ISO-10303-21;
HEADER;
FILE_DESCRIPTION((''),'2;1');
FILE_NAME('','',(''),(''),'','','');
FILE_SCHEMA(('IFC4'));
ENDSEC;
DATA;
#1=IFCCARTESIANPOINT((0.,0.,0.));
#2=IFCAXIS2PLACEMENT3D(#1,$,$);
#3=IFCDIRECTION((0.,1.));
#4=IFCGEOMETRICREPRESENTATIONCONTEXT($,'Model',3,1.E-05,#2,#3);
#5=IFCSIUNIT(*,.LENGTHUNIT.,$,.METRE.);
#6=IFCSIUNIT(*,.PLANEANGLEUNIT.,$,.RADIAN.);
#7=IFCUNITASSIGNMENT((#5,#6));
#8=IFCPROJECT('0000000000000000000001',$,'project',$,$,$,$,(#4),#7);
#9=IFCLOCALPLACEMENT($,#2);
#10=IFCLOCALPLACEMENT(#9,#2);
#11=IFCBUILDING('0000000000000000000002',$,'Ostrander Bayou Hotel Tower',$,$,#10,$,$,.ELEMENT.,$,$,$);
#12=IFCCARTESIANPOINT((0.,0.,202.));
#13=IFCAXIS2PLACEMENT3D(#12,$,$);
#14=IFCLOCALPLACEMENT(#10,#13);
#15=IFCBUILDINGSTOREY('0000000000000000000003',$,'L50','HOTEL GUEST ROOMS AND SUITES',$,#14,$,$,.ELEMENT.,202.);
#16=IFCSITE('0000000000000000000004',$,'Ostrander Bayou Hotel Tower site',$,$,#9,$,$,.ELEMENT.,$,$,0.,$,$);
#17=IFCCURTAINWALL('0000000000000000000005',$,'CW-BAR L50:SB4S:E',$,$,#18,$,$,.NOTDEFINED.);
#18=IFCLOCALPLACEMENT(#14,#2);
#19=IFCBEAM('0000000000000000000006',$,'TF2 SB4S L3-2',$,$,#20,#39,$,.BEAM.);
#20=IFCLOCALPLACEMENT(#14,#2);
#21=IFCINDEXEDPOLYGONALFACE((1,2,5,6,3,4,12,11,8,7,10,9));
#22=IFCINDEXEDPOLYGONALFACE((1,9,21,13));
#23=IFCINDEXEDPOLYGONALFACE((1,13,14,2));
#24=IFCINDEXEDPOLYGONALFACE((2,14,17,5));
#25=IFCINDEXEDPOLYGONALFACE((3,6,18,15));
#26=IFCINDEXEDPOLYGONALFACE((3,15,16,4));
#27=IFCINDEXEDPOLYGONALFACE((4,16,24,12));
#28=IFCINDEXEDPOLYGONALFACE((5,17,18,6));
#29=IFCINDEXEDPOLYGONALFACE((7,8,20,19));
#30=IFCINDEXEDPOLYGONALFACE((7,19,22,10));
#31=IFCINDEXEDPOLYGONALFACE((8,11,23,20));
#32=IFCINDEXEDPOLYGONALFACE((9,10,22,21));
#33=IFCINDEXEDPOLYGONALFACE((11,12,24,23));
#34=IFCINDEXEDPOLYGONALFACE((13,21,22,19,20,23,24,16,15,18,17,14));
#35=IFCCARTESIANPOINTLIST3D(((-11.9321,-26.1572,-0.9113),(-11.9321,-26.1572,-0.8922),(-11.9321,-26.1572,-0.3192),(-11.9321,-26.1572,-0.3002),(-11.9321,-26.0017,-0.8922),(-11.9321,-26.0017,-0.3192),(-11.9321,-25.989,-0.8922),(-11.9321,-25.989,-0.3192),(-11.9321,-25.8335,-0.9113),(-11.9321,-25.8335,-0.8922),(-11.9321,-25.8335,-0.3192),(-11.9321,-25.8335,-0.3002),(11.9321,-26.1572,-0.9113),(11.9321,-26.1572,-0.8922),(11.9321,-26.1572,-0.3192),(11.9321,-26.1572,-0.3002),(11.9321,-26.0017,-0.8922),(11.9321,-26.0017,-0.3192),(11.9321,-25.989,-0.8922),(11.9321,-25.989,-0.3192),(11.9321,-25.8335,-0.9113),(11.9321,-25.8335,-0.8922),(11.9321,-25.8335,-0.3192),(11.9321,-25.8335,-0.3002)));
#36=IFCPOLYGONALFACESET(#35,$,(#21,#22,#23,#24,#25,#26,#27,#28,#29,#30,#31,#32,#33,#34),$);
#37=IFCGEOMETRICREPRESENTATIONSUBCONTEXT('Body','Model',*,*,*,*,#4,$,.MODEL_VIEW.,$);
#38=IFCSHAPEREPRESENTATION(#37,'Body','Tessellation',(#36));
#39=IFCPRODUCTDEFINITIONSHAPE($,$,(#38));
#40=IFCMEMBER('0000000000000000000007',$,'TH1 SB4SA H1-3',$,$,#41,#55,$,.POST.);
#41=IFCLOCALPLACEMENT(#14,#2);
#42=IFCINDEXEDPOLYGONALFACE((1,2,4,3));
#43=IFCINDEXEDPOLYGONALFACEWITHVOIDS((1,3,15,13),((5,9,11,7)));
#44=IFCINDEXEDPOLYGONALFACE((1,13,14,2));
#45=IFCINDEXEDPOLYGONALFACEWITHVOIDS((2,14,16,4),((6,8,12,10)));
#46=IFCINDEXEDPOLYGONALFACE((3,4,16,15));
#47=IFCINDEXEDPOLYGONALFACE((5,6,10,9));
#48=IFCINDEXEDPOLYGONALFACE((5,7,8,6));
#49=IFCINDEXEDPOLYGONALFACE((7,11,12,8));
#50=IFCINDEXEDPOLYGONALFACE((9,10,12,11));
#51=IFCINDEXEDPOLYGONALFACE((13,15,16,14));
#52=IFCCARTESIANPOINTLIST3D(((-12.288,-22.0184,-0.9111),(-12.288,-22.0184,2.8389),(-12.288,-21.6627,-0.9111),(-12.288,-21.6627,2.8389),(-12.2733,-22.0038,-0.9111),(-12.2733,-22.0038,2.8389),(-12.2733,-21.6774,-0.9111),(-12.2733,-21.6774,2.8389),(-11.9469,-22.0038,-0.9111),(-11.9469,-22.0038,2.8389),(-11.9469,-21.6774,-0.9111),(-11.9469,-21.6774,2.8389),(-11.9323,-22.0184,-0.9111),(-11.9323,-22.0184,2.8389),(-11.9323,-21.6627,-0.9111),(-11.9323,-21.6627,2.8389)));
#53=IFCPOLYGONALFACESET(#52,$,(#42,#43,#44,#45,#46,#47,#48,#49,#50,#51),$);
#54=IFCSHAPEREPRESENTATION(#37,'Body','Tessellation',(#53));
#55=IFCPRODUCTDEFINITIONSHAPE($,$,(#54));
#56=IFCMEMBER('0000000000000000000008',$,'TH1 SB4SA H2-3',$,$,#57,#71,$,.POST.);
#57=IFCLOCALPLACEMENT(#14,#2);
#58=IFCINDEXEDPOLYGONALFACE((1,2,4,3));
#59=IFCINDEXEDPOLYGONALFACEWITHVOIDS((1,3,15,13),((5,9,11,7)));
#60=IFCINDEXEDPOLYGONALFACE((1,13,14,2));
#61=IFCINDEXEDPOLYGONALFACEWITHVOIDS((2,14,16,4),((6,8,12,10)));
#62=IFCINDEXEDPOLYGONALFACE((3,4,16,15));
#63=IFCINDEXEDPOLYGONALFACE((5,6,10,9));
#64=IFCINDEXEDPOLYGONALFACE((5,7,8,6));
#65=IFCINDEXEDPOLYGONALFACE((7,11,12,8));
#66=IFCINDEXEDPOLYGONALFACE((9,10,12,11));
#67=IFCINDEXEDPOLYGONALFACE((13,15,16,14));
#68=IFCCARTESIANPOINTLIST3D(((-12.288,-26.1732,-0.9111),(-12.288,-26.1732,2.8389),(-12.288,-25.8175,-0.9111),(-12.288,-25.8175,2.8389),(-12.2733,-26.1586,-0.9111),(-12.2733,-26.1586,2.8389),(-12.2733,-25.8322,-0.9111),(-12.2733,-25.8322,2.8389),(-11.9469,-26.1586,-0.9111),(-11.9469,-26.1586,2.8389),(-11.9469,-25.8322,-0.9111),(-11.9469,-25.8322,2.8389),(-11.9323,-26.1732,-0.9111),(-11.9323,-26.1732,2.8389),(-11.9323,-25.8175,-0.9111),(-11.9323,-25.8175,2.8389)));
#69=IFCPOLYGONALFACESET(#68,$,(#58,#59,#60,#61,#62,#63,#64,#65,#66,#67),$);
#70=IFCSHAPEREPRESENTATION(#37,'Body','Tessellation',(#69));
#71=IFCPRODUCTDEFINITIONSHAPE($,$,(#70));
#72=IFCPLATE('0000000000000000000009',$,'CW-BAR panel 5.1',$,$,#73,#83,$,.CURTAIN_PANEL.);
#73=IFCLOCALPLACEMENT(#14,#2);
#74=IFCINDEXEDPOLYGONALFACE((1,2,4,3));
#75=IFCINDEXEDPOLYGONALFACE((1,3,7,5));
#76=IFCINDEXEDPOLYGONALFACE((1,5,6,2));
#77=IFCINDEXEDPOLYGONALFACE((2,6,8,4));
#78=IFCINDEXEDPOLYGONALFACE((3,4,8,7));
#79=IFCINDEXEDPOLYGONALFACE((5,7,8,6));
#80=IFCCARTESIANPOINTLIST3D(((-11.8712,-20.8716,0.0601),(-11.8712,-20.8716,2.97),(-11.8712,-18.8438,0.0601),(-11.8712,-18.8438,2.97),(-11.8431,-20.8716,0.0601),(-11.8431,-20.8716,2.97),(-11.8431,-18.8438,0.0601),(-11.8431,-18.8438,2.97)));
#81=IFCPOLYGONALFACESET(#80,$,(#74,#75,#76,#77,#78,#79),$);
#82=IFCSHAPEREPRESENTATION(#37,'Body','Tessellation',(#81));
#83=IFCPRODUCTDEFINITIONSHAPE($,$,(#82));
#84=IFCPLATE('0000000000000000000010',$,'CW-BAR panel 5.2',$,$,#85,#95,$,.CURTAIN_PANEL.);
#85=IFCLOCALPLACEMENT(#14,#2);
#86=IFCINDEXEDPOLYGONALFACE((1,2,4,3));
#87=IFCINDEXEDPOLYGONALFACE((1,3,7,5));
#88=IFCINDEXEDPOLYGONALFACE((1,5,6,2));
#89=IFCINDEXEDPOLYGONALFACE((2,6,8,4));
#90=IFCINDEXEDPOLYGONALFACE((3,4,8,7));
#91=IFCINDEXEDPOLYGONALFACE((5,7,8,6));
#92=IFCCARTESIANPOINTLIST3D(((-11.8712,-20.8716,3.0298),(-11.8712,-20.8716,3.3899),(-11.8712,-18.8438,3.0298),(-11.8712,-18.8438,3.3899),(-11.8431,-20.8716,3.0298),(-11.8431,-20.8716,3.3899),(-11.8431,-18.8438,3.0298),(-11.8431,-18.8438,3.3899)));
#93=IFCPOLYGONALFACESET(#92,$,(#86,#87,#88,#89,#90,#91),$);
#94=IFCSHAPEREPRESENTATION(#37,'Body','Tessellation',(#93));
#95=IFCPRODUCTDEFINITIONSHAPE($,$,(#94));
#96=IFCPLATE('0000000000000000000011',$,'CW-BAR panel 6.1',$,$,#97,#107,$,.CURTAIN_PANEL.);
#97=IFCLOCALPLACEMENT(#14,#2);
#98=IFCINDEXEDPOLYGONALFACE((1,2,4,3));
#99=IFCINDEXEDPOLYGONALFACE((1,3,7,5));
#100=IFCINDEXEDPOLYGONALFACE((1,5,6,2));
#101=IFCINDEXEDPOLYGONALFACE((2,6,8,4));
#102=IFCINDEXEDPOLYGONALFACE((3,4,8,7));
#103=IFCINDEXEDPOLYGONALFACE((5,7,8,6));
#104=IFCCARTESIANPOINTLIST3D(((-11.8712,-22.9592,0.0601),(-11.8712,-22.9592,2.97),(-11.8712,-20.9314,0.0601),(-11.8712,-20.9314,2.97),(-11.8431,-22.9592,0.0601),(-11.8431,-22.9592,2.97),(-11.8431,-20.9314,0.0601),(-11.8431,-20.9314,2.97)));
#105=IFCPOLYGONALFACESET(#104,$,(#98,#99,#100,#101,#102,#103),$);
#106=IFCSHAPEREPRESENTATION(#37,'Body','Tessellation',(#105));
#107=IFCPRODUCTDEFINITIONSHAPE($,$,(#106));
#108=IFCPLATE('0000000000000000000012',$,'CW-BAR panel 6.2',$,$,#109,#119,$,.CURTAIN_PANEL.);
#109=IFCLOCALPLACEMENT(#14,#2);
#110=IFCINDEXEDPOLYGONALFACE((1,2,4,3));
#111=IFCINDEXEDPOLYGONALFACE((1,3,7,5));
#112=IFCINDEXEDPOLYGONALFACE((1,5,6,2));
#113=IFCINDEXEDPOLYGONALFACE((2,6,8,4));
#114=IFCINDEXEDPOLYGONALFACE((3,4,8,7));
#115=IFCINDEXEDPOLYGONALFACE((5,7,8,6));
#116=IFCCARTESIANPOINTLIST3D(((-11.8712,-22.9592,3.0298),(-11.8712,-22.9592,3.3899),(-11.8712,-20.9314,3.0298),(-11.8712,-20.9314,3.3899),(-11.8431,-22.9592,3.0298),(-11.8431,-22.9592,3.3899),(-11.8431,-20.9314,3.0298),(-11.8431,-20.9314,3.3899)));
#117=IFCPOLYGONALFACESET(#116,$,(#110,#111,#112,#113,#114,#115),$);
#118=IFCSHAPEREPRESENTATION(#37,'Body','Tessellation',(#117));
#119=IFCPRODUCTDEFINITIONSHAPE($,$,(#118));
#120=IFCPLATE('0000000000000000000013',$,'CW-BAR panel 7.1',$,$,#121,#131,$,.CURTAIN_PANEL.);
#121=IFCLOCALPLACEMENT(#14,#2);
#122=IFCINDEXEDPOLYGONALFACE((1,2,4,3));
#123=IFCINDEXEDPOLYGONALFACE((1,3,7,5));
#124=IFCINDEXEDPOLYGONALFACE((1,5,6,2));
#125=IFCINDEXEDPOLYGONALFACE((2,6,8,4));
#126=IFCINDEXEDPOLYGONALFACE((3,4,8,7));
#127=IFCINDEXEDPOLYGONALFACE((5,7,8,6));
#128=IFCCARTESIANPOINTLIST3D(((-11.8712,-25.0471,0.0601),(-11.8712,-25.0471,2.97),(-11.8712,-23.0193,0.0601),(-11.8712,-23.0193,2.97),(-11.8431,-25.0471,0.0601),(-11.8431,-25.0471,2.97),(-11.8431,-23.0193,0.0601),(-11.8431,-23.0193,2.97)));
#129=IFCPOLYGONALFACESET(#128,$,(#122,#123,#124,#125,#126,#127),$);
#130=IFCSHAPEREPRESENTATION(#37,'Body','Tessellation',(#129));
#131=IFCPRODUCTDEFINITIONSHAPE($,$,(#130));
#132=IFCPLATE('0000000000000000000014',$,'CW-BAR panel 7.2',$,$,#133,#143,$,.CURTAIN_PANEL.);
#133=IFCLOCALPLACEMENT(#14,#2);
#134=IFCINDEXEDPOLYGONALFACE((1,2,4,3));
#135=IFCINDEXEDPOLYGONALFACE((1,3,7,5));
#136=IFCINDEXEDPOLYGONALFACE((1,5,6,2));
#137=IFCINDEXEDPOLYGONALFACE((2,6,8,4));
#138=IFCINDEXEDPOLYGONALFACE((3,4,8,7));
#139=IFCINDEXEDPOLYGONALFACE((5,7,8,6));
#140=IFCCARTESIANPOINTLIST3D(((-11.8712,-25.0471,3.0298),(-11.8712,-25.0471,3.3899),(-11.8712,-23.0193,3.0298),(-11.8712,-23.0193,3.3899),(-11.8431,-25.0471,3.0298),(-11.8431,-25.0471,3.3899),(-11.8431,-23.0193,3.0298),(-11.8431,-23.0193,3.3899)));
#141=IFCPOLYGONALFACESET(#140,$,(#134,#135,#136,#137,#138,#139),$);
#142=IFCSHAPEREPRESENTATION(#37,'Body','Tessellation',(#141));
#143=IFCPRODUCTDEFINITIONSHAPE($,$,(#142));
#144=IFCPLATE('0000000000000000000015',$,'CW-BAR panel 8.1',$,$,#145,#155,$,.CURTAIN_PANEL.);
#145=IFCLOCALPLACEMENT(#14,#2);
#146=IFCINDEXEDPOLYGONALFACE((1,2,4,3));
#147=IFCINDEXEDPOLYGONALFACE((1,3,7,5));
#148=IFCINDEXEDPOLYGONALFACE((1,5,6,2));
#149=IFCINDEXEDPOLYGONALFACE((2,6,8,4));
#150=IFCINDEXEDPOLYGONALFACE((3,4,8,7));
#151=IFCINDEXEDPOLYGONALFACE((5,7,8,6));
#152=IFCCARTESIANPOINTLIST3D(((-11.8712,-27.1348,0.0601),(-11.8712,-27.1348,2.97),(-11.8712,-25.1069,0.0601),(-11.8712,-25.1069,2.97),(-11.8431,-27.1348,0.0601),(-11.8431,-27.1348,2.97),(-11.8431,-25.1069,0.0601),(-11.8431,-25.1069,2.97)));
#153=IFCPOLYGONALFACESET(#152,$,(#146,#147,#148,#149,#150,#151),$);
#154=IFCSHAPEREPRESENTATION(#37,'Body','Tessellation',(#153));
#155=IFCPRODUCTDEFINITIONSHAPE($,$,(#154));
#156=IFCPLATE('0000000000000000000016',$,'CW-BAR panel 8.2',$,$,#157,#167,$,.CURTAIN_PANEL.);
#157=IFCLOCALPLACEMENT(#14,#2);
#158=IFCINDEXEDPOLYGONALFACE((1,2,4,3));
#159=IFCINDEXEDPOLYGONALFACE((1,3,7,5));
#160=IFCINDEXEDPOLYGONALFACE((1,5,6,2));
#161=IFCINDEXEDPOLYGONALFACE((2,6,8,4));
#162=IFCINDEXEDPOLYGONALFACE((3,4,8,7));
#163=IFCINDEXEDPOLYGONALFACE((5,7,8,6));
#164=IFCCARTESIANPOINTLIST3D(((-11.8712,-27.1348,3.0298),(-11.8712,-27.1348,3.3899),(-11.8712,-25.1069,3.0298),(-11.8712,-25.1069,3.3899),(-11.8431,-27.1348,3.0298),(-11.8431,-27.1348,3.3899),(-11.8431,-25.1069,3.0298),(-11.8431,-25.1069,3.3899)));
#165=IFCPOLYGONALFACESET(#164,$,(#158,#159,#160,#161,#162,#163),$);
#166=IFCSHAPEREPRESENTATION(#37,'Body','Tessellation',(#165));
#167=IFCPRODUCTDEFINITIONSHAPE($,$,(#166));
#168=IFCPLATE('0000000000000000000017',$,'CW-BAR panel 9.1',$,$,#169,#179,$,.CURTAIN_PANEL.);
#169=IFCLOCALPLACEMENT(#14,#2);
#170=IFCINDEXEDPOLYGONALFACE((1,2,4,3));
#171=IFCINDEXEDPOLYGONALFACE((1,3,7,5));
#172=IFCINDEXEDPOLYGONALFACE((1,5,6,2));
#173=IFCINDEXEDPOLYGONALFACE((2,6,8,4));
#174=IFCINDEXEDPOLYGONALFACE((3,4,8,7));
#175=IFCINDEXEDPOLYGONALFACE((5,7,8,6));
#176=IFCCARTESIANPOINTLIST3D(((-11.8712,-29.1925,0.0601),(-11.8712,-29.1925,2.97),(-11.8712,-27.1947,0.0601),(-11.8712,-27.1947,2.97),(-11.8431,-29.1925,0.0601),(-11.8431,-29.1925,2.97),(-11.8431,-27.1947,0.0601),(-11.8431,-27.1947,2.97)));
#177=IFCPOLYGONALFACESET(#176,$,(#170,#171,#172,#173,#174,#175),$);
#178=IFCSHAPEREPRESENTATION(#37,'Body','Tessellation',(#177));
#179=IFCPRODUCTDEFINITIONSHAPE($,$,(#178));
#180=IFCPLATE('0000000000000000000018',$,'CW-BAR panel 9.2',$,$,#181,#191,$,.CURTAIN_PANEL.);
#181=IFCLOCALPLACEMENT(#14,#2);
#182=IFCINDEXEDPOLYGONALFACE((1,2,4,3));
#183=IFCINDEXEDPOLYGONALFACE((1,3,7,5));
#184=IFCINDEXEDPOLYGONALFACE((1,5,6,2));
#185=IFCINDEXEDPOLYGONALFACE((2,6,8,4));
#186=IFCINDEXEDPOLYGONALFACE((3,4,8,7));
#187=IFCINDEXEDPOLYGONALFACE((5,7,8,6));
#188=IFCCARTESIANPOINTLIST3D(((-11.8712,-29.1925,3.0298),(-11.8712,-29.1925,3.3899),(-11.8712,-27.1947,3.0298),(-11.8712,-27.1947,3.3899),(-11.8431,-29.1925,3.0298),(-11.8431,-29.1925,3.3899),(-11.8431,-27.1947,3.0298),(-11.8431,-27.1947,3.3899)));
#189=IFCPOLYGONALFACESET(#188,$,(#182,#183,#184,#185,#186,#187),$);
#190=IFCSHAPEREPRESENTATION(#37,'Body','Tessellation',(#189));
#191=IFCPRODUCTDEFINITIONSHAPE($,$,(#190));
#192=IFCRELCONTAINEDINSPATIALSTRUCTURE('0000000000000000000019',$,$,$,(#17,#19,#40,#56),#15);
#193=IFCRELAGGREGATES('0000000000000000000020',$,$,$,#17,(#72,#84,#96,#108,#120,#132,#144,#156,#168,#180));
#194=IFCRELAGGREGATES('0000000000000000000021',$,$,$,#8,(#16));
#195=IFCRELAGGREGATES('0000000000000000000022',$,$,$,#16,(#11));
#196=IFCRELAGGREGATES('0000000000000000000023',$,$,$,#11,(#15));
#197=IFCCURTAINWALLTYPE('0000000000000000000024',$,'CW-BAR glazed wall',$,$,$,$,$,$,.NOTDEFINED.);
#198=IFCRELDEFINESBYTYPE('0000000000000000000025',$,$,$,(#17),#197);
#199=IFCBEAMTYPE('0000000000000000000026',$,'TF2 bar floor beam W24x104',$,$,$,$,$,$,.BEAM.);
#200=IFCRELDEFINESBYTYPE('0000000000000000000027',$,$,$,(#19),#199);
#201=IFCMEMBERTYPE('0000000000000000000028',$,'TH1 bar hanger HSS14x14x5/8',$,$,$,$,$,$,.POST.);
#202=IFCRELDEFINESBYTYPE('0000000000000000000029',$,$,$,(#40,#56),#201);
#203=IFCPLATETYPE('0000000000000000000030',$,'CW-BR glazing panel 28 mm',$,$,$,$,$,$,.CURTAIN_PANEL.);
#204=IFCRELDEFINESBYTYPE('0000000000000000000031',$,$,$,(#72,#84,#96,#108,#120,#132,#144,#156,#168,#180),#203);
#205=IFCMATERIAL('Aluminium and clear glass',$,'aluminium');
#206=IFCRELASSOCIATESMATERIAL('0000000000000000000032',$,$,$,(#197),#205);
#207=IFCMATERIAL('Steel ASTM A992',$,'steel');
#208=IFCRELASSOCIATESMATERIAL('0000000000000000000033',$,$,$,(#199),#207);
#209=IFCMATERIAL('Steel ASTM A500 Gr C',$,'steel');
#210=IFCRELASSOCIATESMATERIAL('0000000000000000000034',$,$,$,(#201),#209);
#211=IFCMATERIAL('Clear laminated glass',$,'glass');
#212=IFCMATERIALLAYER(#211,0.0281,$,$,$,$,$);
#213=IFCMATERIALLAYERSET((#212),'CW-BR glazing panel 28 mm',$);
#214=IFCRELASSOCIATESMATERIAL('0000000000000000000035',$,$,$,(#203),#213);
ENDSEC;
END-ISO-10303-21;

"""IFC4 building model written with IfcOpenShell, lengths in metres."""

from ifc_helpers import new_model, si_unit, direction, frame, origin, origin_2d, place, context, subcontext, project, spatial, rectangle, hollow_rectangle, i_section, extrude, material, layer, layer_set, material_profile, profile_set, type_object, element, aggregate, save


model = new_model("IFC4")

# Units and contexts
model_context = context("Model", 3, precision=1e-05, world=origin(), true_north=direction((0.0, 1.0)))
body_context = subcontext(model_context, "Body", "Model", "MODEL_VIEW")
ifc_project = project(units=[si_unit("LENGTHUNIT", "METRE"), si_unit("PLANEANGLEUNIT", "RADIAN")], contexts=[model_context])

# Site, building, storey
site_placement = place(None, origin())
site = spatial("IfcSite", under=ifc_project, at=site_placement, Name="Ostrander Bayou Hotel Tower site", CompositionType="ELEMENT", RefElevation=0.0)
building_placement = place(site_placement, origin())
building = spatial("IfcBuilding", under=site, at=building_placement, Name="Ostrander Bayou Hotel Tower", CompositionType="ELEMENT")
storey_placement = place(building_placement, frame((0.0, 0.0, 202.0)))
storey = spatial("IfcBuildingStorey", under=building, at=storey_placement, Name="L50", Description="HOTEL GUEST ROOMS AND SUITES", CompositionType="ELEMENT", Elevation=202.0)

# Curtain wall
ifc_material_1 = material(Name="Aluminium and clear glass", Category="aluminium")
curtain_wall_type = type_object("IfcCurtainWallType", Name="CW-BAR glazed wall", PredefinedType="NOTDEFINED", material=ifc_material_1)
curtain_wall_1_placement = place(storey_placement, origin())
curtain_wall_1 = element("IfcCurtainWall", 1, at=curtain_wall_1_placement, inside=storey, type_object=curtain_wall_type, Name="CW-BAR L50:SB4S:E", PredefinedType="NOTDEFINED")

# Beam
ifc_material_2 = material(Name="Steel ASTM A992", Category="steel")
ifc_material_profile_1 = material_profile(ifc_material_2, i_section(OverallWidth=0.3237, OverallDepth=0.6111, WebThickness=0.0127, FlangeThickness=0.019, at=origin_2d()))
ifc_profile_set_1 = profile_set([ifc_material_profile_1], Name="Steel ASTM A992")
beam_type = type_object("IfcBeamType", Name="TF2 bar floor beam W24x104", PredefinedType="BEAM", material=ifc_profile_set_1)
for number, where, z_axis, x_axis, name in (
    (2, (-11.9321, -25.9954, -0.6057), (1.0, 0.0, 0.0), (0.0, 1.0, 0.0), "TF2 SB4S L3-2"),
):
    element("IfcBeam", number, at=place(storey_placement, frame(where, z_axis=z_axis, x_axis=x_axis)), inside=storey, type_object=beam_type, Name=name, PredefinedType="BEAM", context=body_context, shape_type="SweptSolid", body=[
        extrude(i_section(OverallWidth=0.3237, OverallDepth=0.6111, WebThickness=0.0127, FlangeThickness=0.019, at=origin_2d()), origin(), (0.0, 0.0, 1.0), 23.8643),
    ])

# Members
ifc_material_3 = material(Name="Steel ASTM A500 Gr C", Category="steel")
ifc_material_profile_2 = material_profile(ifc_material_3, hollow_rectangle(XDim=0.3557, YDim=0.3557, WallThickness=0.0146, at=origin_2d()))
ifc_profile_set_2 = profile_set([ifc_material_profile_2], Name="Steel ASTM A500 Gr C")
member_type_1 = type_object("IfcMemberType", Name="TH1 bar hanger HSS14x14x5/8", PredefinedType="POST", material=ifc_profile_set_2)
for number, where, z_axis, x_axis, name in (
    (3, (-12.1101, -21.8406, -0.9111), (0.0, 0.0, 1.0), (1.0, 0.0, 0.0), "TH1 SB4SA H1-3"),
    (4, (-12.1101, -25.9954, -0.9111), (0.0, 0.0, 1.0), (1.0, 0.0, 0.0), "TH1 SB4SA H2-3"),
):
    element("IfcMember", number, at=place(storey_placement, frame(where, z_axis=z_axis, x_axis=x_axis)), inside=storey, type_object=member_type_1, Name=name, PredefinedType="POST", context=body_context, shape_type="SweptSolid", body=[
        extrude(hollow_rectangle(XDim=0.3557, YDim=0.3557, WallThickness=0.0146, at=origin_2d()), origin(), (0.0, 0.0, 1.0), 3.75),
    ])

# Plates
ifc_material_4 = material(Name="Clear laminated glass", Category="glass")
ifc_layer_1 = layer(ifc_material_4, 0.0281)
ifc_layer_set_1 = layer_set([ifc_layer_1], Name="CW-BR glazing panel 28 mm")
plate_type = type_object("IfcPlateType", Name="CW-BR glazing panel 28 mm", PredefinedType="CURTAIN_PANEL", material=ifc_layer_set_1)
plate_1_placement = place(storey_placement, frame((-11.8572, -19.8577, 0.0601), z_axis=(0.0, 0.0, 1.0), x_axis=(0.0, -1.0, 0.0)))
plate_1 = element("IfcPlate", 5, at=plate_1_placement, type_object=plate_type, Name="CW-BAR panel 5.1", PredefinedType="CURTAIN_PANEL", context=body_context, shape_type="SweptSolid", body=[
    extrude(rectangle(XDim=2.0278, YDim=0.0281, at=origin_2d()), origin(), (0.0, 0.0, 1.0), 2.9099),
])
plate_2_placement = place(storey_placement, frame((-11.8572, -19.8577, 3.0298), z_axis=(0.0, 0.0, 1.0), x_axis=(0.0, -1.0, 0.0)))
plate_2 = element("IfcPlate", 6, at=plate_2_placement, type_object=plate_type, Name="CW-BAR panel 5.2", PredefinedType="CURTAIN_PANEL", context=body_context, shape_type="SweptSolid", body=[
    extrude(rectangle(XDim=2.0278, YDim=0.0281, at=origin_2d()), origin(), (0.0, 0.0, 1.0), 0.3601),
])
plate_3_placement = place(storey_placement, frame((-11.8572, -21.9453, 0.0601), z_axis=(0.0, 0.0, 1.0), x_axis=(0.0, -1.0, 0.0)))
plate_3 = element("IfcPlate", 7, at=plate_3_placement, type_object=plate_type, Name="CW-BAR panel 6.1", PredefinedType="CURTAIN_PANEL", context=body_context, shape_type="SweptSolid", body=[
    extrude(rectangle(XDim=2.0278, YDim=0.0281, at=origin_2d()), origin(), (0.0, 0.0, 1.0), 2.9099),
])
plate_4_placement = place(storey_placement, frame((-11.8572, -21.9453, 3.0298), z_axis=(0.0, 0.0, 1.0), x_axis=(0.0, -1.0, 0.0)))
plate_4 = element("IfcPlate", 8, at=plate_4_placement, type_object=plate_type, Name="CW-BAR panel 6.2", PredefinedType="CURTAIN_PANEL", context=body_context, shape_type="SweptSolid", body=[
    extrude(rectangle(XDim=2.0278, YDim=0.0281, at=origin_2d()), origin(), (0.0, 0.0, 1.0), 0.3601),
])
plate_5_placement = place(storey_placement, frame((-11.8572, -24.0332, 0.0601), z_axis=(0.0, 0.0, 1.0), x_axis=(0.0, -1.0, 0.0)))
plate_5 = element("IfcPlate", 9, at=plate_5_placement, type_object=plate_type, Name="CW-BAR panel 7.1", PredefinedType="CURTAIN_PANEL", context=body_context, shape_type="SweptSolid", body=[
    extrude(rectangle(XDim=2.0278, YDim=0.0281, at=origin_2d()), origin(), (0.0, 0.0, 1.0), 2.9099),
])
plate_6_placement = place(storey_placement, frame((-11.8572, -24.0332, 3.0298), z_axis=(0.0, 0.0, 1.0), x_axis=(0.0, -1.0, 0.0)))
plate_6 = element("IfcPlate", 10, at=plate_6_placement, type_object=plate_type, Name="CW-BAR panel 7.2", PredefinedType="CURTAIN_PANEL", context=body_context, shape_type="SweptSolid", body=[
    extrude(rectangle(XDim=2.0278, YDim=0.0281, at=origin_2d()), origin(), (0.0, 0.0, 1.0), 0.3601),
])
plate_7_placement = place(storey_placement, frame((-11.8572, -26.1208, 0.0601), z_axis=(0.0, 0.0, 1.0), x_axis=(0.0, -1.0, 0.0)))
plate_7 = element("IfcPlate", 11, at=plate_7_placement, type_object=plate_type, Name="CW-BAR panel 8.1", PredefinedType="CURTAIN_PANEL", context=body_context, shape_type="SweptSolid", body=[
    extrude(rectangle(XDim=2.0278, YDim=0.0281, at=origin_2d()), origin(), (0.0, 0.0, 1.0), 2.9099),
])
plate_8_placement = place(storey_placement, frame((-11.8572, -26.1208, 3.0298), z_axis=(0.0, 0.0, 1.0), x_axis=(0.0, -1.0, 0.0)))
plate_8 = element("IfcPlate", 12, at=plate_8_placement, type_object=plate_type, Name="CW-BAR panel 8.2", PredefinedType="CURTAIN_PANEL", context=body_context, shape_type="SweptSolid", body=[
    extrude(rectangle(XDim=2.0278, YDim=0.0281, at=origin_2d()), origin(), (0.0, 0.0, 1.0), 0.3601),
])
plate_9_placement = place(storey_placement, frame((-11.8572, -28.1936, 0.0601), z_axis=(0.0, 0.0, 1.0), x_axis=(0.0, -1.0, 0.0)))
plate_9 = element("IfcPlate", 13, at=plate_9_placement, type_object=plate_type, Name="CW-BAR panel 9.1", PredefinedType="CURTAIN_PANEL", context=body_context, shape_type="SweptSolid", body=[
    extrude(rectangle(XDim=1.9978, YDim=0.0281, at=origin_2d()), origin(), (0.0, 0.0, 1.0), 2.9099),
])
plate_10_placement = place(storey_placement, frame((-11.8572, -28.1936, 3.0298), z_axis=(0.0, 0.0, 1.0), x_axis=(0.0, -1.0, 0.0)))
plate_10 = element("IfcPlate", 14, at=plate_10_placement, type_object=plate_type, Name="CW-BAR panel 9.2", PredefinedType="CURTAIN_PANEL", context=body_context, shape_type="SweptSolid", body=[
    extrude(rectangle(XDim=1.9978, YDim=0.0281, at=origin_2d()), origin(), (0.0, 0.0, 1.0), 0.3601),
])
aggregate(curtain_wall_1, [plate_1, plate_2, plate_3, plate_4, plate_5, plate_6, plate_7, plate_8, plate_9, plate_10])

save(model, "model.ifc")
